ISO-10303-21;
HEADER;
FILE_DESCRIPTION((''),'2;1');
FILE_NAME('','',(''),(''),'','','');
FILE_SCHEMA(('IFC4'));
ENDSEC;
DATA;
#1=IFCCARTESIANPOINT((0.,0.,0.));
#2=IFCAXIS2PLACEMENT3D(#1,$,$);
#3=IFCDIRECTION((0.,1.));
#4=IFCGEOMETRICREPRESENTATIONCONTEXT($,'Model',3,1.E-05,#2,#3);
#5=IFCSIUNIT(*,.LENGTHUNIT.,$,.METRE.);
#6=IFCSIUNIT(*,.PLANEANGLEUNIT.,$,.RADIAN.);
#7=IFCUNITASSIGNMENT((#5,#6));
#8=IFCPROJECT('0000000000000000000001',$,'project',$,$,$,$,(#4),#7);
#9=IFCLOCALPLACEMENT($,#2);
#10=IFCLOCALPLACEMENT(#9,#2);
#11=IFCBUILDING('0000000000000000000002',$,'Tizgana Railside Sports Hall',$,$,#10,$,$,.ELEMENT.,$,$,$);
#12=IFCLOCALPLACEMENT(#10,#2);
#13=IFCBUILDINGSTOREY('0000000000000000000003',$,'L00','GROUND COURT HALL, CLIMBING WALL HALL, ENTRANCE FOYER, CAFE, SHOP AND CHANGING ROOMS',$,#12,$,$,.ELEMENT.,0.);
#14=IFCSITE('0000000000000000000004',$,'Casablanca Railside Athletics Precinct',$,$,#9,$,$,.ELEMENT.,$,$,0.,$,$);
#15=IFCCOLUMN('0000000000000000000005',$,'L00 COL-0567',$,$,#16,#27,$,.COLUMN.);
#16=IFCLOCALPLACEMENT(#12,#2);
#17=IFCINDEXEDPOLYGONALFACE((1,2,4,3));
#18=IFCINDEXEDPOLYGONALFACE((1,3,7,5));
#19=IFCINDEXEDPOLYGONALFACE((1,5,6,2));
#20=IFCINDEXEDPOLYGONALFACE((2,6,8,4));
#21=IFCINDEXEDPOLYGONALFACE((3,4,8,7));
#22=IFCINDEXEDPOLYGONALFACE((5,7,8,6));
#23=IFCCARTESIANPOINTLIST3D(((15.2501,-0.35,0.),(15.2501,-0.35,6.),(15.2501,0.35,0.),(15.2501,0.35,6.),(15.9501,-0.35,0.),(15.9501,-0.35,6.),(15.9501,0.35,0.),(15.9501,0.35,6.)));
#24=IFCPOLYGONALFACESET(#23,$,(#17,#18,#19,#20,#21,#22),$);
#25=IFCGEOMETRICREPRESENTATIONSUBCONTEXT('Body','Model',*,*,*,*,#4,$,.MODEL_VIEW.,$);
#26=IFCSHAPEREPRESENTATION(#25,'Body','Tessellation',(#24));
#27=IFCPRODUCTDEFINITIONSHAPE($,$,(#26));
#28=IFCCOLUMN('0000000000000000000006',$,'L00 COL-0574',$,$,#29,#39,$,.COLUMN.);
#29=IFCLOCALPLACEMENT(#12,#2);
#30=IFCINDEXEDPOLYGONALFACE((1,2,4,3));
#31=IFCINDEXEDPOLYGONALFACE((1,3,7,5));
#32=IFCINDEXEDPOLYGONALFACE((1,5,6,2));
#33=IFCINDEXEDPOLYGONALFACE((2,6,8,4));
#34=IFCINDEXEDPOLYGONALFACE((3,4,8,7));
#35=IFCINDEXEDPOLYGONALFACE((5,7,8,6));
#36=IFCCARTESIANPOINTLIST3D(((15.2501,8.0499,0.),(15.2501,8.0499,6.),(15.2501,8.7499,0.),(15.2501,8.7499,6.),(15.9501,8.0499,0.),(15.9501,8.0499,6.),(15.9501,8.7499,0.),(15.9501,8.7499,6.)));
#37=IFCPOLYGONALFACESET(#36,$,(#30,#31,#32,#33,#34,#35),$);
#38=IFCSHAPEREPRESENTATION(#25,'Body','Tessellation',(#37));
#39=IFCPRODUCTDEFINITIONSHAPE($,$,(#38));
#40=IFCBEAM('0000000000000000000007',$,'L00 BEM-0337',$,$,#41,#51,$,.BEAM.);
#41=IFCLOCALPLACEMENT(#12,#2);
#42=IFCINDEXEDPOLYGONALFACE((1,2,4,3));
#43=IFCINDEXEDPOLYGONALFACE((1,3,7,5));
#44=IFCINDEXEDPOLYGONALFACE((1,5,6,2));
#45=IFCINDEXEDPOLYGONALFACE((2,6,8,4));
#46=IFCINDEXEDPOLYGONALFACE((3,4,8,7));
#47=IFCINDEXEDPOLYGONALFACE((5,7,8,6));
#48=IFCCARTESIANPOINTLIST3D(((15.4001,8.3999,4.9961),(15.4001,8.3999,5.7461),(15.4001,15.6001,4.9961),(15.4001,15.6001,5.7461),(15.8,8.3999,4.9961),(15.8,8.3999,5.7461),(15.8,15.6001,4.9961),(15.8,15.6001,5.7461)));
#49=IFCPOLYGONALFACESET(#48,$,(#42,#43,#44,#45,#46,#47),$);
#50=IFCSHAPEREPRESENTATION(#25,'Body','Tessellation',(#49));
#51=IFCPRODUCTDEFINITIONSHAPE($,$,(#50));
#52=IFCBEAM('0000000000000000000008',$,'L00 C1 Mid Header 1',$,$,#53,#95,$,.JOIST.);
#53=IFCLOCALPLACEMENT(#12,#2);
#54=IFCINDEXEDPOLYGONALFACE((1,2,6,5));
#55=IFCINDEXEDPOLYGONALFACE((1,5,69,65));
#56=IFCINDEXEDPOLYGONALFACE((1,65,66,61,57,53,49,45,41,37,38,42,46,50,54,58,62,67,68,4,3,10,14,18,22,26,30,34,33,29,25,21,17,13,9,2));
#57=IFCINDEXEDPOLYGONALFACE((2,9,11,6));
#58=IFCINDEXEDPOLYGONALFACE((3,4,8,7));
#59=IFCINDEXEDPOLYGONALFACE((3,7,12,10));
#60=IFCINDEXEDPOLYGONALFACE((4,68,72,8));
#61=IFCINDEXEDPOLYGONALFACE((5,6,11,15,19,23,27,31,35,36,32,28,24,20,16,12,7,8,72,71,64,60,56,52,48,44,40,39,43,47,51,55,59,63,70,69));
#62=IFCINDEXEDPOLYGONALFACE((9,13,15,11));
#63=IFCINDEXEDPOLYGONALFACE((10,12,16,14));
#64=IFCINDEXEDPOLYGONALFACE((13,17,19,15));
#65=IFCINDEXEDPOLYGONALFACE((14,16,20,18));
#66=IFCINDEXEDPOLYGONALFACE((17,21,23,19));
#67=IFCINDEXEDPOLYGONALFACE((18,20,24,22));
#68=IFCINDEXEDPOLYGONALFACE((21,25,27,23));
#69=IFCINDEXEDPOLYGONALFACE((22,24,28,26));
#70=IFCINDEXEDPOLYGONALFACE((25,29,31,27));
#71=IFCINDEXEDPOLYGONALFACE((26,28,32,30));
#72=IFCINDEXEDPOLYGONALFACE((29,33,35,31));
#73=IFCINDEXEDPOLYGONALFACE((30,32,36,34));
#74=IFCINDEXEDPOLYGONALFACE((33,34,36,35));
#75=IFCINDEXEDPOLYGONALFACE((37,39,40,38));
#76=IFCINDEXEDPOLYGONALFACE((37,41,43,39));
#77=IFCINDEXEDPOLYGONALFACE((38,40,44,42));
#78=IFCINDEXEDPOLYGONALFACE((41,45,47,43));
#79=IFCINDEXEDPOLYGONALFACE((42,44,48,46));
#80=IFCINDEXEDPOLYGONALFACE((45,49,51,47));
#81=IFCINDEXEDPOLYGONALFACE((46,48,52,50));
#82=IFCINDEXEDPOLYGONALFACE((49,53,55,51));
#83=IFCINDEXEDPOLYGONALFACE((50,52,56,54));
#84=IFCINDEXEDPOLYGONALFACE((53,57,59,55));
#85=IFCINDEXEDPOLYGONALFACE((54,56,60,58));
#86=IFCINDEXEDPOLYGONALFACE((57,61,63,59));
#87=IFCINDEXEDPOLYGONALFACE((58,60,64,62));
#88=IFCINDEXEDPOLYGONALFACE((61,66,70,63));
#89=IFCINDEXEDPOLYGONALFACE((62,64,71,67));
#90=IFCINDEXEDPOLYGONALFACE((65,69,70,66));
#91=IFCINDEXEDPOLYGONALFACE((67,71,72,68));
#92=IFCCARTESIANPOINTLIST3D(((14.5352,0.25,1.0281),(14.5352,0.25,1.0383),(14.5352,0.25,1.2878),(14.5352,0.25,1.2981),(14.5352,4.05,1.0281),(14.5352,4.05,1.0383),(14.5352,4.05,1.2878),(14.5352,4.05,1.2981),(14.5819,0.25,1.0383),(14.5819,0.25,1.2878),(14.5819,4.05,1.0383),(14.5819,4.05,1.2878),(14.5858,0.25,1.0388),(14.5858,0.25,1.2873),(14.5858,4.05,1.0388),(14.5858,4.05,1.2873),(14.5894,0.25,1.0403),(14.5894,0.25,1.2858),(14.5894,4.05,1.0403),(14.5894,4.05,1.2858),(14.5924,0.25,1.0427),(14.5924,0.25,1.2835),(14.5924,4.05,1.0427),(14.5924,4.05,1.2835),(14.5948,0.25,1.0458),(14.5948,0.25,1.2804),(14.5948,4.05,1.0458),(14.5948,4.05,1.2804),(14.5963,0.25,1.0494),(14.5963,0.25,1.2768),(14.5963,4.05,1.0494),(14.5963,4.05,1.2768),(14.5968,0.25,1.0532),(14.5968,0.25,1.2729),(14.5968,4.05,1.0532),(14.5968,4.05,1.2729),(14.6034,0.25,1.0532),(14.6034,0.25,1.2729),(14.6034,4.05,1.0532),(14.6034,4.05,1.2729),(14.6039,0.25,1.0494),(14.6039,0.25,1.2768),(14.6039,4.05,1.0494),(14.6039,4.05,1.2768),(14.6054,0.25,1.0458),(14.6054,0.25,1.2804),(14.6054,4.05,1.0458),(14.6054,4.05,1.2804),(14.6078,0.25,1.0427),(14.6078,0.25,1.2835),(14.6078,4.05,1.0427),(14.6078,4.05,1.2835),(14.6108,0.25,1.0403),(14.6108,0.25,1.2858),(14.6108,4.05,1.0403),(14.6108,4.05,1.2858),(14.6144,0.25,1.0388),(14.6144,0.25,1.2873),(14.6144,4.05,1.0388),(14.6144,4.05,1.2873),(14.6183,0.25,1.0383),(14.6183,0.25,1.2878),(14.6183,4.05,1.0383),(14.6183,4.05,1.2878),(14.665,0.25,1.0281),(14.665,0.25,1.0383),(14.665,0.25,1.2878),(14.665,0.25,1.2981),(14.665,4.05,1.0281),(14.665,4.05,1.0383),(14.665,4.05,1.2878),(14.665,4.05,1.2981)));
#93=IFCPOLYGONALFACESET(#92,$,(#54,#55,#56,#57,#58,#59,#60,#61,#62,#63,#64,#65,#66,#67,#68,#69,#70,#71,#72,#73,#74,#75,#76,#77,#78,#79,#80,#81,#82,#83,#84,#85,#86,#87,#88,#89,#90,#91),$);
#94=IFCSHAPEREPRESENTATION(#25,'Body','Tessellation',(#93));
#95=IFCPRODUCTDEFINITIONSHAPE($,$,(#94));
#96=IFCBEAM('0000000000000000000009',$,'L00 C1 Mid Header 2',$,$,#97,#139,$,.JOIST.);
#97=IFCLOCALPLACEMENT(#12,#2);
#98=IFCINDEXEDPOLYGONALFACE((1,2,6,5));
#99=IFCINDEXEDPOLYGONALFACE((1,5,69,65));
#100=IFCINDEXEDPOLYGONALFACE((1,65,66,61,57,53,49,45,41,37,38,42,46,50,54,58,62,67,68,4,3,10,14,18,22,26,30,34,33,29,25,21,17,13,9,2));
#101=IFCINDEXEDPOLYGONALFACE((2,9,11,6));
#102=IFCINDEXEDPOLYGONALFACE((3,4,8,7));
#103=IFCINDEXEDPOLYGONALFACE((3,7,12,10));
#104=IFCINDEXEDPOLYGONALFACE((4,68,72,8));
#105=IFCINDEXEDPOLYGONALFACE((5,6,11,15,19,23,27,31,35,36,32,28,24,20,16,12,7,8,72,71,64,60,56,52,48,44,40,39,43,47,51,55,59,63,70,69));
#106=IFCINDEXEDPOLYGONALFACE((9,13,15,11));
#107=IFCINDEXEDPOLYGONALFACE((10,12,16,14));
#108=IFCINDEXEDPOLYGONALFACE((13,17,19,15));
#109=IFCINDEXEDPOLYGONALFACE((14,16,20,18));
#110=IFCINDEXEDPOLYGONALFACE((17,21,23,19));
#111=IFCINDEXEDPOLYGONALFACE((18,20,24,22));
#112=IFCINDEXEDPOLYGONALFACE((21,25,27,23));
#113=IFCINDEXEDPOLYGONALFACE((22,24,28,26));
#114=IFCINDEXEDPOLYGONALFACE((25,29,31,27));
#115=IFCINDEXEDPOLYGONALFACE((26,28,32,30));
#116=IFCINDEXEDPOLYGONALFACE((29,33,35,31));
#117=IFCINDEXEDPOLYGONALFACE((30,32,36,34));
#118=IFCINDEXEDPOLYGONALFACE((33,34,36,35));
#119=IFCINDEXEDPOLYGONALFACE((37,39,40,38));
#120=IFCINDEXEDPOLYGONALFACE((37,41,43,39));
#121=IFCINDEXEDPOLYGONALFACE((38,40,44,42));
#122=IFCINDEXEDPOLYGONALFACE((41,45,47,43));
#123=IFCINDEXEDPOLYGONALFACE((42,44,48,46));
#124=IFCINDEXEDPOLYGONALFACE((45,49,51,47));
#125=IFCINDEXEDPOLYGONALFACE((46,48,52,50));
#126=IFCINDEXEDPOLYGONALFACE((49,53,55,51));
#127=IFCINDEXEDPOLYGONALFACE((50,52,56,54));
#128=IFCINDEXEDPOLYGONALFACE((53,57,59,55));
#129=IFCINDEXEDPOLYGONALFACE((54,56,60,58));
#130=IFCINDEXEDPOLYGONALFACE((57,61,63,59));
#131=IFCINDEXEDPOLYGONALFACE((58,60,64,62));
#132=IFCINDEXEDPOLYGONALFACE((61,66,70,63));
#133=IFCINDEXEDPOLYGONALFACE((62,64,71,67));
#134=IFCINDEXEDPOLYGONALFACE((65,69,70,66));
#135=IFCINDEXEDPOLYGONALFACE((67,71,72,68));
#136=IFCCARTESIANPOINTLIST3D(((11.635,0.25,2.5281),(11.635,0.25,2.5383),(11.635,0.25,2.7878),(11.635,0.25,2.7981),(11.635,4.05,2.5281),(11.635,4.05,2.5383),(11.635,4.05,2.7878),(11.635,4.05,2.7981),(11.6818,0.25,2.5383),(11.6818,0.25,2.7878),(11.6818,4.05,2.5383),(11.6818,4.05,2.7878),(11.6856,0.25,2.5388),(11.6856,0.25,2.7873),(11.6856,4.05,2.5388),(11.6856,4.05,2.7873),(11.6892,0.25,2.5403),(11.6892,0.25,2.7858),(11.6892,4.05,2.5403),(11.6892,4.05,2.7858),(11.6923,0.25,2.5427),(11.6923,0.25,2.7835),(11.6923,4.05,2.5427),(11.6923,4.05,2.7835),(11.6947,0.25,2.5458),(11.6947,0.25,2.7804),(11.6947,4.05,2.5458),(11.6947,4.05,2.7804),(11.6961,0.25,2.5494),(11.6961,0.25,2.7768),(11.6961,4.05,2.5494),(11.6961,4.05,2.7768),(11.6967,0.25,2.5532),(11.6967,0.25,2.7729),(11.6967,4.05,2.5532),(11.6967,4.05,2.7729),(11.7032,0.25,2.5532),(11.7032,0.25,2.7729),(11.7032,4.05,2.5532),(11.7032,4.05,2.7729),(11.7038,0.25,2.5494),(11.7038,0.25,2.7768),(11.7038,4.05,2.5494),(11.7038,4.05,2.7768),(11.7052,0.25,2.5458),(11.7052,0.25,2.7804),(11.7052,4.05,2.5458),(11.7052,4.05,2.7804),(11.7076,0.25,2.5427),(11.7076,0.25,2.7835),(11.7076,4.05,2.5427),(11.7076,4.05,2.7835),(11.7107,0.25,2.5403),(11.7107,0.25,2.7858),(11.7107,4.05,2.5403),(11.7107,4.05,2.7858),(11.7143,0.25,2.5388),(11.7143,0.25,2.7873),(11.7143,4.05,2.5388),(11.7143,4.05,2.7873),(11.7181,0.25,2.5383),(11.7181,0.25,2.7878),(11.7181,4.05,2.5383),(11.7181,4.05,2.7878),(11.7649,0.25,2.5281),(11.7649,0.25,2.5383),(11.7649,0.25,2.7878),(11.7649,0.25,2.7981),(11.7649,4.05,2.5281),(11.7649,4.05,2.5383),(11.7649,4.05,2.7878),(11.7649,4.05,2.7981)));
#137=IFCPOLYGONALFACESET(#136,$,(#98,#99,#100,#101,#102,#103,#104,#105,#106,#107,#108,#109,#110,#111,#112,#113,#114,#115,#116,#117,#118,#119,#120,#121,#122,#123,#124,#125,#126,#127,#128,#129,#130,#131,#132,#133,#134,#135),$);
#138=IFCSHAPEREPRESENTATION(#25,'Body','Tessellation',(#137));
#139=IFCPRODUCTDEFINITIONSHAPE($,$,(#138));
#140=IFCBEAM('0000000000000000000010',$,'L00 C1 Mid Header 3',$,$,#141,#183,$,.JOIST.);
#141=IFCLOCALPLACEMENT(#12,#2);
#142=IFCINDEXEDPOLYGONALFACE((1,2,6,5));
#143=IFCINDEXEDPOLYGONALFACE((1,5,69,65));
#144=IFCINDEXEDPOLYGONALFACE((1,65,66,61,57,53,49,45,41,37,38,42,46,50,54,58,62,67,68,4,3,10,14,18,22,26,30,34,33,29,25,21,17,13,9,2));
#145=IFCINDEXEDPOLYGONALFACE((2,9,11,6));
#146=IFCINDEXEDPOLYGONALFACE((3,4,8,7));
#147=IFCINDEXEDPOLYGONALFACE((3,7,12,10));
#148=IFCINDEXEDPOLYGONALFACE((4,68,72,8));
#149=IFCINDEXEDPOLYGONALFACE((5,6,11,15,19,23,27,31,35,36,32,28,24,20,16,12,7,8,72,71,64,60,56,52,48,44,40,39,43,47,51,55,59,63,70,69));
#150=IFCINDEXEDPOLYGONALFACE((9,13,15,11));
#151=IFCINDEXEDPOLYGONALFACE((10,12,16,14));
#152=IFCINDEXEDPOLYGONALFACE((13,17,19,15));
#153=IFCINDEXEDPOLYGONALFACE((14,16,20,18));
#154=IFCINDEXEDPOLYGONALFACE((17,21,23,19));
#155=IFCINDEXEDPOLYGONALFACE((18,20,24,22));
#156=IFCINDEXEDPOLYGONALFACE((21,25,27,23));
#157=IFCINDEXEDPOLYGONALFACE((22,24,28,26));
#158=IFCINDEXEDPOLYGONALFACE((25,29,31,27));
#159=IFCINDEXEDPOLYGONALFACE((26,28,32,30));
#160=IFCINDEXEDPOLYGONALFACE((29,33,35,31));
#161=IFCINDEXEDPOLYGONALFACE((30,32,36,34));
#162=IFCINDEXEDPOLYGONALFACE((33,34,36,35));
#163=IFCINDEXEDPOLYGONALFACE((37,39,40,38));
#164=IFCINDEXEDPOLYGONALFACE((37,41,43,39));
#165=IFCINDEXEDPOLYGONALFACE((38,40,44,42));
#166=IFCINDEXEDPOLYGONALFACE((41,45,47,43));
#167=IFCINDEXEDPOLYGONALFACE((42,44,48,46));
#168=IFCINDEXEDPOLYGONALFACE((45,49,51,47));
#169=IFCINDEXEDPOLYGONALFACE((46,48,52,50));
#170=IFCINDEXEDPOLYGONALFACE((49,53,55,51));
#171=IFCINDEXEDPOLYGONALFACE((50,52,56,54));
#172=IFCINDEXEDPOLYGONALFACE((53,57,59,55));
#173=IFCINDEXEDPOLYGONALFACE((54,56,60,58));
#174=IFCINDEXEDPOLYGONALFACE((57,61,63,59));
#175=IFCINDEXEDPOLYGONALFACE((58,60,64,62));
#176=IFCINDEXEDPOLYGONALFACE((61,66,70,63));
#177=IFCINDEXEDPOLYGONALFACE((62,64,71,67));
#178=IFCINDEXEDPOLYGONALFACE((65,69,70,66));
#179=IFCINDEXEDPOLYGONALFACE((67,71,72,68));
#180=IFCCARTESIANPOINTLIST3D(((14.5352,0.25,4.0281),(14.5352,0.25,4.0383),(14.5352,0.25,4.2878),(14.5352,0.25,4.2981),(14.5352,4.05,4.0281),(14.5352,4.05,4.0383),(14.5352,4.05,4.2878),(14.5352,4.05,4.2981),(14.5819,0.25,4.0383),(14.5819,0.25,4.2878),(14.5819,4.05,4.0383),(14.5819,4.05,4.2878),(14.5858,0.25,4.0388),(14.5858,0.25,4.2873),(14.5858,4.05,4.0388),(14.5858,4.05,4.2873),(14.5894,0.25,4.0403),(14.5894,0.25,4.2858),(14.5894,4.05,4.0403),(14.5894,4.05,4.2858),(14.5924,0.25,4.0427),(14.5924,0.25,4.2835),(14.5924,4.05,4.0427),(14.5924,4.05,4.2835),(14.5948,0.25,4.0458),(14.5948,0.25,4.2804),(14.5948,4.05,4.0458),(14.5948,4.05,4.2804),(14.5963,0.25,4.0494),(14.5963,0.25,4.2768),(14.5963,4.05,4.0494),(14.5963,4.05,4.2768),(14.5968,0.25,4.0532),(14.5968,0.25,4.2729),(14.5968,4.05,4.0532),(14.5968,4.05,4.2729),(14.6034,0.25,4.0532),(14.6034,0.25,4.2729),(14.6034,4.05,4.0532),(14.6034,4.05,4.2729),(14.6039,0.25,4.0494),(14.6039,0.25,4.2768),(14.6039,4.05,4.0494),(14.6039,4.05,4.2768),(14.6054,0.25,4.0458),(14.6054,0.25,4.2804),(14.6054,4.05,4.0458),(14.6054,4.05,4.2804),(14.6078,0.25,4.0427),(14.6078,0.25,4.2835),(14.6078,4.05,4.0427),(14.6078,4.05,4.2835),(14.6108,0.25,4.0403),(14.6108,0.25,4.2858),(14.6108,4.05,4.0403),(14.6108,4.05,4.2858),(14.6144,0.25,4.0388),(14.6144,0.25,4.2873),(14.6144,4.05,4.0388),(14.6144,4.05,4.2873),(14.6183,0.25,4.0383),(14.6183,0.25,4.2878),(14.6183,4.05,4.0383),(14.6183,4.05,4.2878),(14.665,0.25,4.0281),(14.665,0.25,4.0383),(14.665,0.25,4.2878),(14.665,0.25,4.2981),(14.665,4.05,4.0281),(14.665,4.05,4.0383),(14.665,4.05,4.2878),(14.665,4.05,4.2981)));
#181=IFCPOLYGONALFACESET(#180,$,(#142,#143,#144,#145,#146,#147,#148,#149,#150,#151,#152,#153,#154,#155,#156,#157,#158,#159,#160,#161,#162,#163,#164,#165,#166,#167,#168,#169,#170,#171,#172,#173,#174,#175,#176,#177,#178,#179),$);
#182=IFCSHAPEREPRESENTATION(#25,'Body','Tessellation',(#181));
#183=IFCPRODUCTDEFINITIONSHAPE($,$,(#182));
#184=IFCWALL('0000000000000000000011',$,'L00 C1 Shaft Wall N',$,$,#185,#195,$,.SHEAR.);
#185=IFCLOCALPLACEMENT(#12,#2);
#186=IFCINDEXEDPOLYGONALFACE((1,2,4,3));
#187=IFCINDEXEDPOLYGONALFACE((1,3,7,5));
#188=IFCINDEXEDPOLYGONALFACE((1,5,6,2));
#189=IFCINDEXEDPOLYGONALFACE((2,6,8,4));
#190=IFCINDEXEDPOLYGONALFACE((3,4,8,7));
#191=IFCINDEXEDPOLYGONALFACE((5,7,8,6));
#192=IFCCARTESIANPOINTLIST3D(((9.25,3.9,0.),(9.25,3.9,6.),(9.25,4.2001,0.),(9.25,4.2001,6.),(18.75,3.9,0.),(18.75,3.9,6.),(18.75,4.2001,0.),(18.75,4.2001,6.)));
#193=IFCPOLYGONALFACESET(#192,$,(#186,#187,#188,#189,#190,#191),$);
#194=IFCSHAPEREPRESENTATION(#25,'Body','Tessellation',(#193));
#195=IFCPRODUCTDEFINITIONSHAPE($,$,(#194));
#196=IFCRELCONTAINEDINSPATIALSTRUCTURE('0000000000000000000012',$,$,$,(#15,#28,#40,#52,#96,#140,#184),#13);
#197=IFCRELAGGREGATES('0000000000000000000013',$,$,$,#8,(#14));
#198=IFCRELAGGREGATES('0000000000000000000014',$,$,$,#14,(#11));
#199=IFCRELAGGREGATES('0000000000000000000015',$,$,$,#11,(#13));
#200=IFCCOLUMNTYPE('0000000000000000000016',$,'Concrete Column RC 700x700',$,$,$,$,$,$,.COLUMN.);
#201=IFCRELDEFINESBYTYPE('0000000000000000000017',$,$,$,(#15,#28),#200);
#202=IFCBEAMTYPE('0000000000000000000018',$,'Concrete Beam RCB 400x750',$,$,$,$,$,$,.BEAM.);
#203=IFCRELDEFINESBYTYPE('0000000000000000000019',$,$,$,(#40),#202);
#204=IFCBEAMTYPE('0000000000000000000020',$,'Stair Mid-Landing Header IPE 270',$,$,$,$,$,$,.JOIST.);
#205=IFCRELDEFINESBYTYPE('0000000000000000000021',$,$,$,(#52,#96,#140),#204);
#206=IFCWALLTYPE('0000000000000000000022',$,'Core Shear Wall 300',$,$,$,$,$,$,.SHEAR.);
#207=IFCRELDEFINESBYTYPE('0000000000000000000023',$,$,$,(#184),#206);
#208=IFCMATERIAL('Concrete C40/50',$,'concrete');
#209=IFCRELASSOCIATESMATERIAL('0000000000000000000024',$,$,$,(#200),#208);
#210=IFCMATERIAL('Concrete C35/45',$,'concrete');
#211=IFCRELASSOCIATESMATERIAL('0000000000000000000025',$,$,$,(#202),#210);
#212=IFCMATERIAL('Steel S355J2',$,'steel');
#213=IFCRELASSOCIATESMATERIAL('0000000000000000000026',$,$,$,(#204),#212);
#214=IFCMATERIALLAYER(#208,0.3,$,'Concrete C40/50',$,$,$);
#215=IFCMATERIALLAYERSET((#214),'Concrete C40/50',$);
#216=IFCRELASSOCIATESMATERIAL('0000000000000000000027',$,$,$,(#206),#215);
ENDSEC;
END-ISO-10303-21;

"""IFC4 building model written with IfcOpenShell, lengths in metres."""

from ifc_helpers import new_model, si_unit, direction, frame, frame_2d, origin, origin_2d, place, context, subcontext, project, spatial, rectangle, i_section, extrude, material, layer, layer_set, material_profile, profile_set, type_object, element, save


model = new_model("IFC4")

# Units and contexts
model_context = context("Model", 3, precision=1e-05, world=origin(), true_north=direction((0.0, 1.0)))
body_context = subcontext(model_context, "Body", "Model", "MODEL_VIEW")
ifc_project = project(units=[si_unit("LENGTHUNIT", "METRE"), si_unit("PLANEANGLEUNIT", "RADIAN")], contexts=[model_context])

# Site, building, storey
site_placement = place(None, origin())
site = spatial("IfcSite", under=ifc_project, at=site_placement, Name="Casablanca Railside Athletics Precinct", CompositionType="ELEMENT", RefElevation=0.0)
building_placement = place(site_placement, origin())
building = spatial("IfcBuilding", under=site, at=building_placement, Name="Tizgana Railside Sports Hall", CompositionType="ELEMENT")
storey_placement = place(building_placement, origin())
storey = spatial("IfcBuildingStorey", under=building, at=storey_placement, Name="L00", Description="GROUND COURT HALL, CLIMBING WALL HALL, ENTRANCE FOYER, CAFE, SHOP AND CHANGING ROOMS", CompositionType="ELEMENT", Elevation=0.0)

# Columns
ifc_material_1 = material(Name="Concrete C40/50", Category="concrete")
ifc_material_profile_1 = material_profile(ifc_material_1, rectangle(XDim=0.7, YDim=0.7, at=origin_2d()), Name="RC 700x700")
ifc_profile_set_1 = profile_set([ifc_material_profile_1], Name="Concrete C40/50")
column_type = type_object("IfcColumnType", Name="Concrete Column RC 700x700", PredefinedType="COLUMN", material=ifc_profile_set_1)
for number, where, z_axis, x_axis, name in (
    (1, (15.6001, 0.0, 0.0), (0.0, 0.0, 1.0), (1.0, 0.0, 0.0), "L00 COL-0567"),
    (2, (15.6001, 8.3999, 0.0), (0.0, 0.0, 1.0), (1.0, 0.0, 0.0), "L00 COL-0574"),
):
    element("IfcColumn", number, at=place(storey_placement, frame(where, z_axis=z_axis, x_axis=x_axis)), inside=storey, type_object=column_type, Name=name, PredefinedType="COLUMN", context=body_context, shape_type="SweptSolid", body=[
        extrude(rectangle(XDim=0.7, YDim=0.7, at=origin_2d()), origin(), (0.0, 0.0, 1.0), 6.0),
    ])

# Beams
ifc_material_2 = material(Name="Concrete C35/45", Category="concrete")
ifc_material_profile_2 = material_profile(ifc_material_2, rectangle(XDim=0.3999, YDim=0.75, at=origin_2d()), Name="RCB 400x750")
ifc_profile_set_2 = profile_set([ifc_material_profile_2], Name="Concrete C35/45")
beam_type_1 = type_object("IfcBeamType", Name="Concrete Beam RCB 400x750", PredefinedType="BEAM", material=ifc_profile_set_2)
beam_placement = place(storey_placement, frame((15.6001, 8.3999, 5.3711), z_axis=(0.0, 1.0, 0.0), x_axis=(-1.0, 0.0, 0.0)))
element("IfcBeam", 3, at=beam_placement, inside=storey, type_object=beam_type_1, Name="L00 BEM-0337", PredefinedType="BEAM", context=body_context, shape_type="SweptSolid", body=[
    extrude(rectangle(XDim=0.3999, YDim=0.75, at=origin_2d()), origin(), (0.0, 0.0, 1.0), 7.2002),
])
ifc_material_3 = material(Name="Steel S355J2", Category="steel")
ifc_material_profile_3 = material_profile(ifc_material_3, i_section(OverallWidth=0.1299, OverallDepth=0.27, WebThickness=0.0066, FlangeThickness=0.0103, FilletRadius=0.0149, at=origin_2d()), Name="IPE 270")
ifc_profile_set_3 = profile_set([ifc_material_profile_3], Name="Steel S355J2")
beam_type_2 = type_object("IfcBeamType", Name="Stair Mid-Landing Header IPE 270", PredefinedType="JOIST", material=ifc_profile_set_3)
for number, where, z_axis, x_axis, name in (
    (4, (14.6001, 0.25, 1.1631), (0.0, 1.0, 0.0), (-1.0, 0.0, 0.0), "L00 C1 Mid Header 1"),
    (5, (11.7, 0.25, 2.6631), (0.0, 1.0, 0.0), (-1.0, 0.0, 0.0), "L00 C1 Mid Header 2"),
    (6, (14.6001, 0.25, 4.1631), (0.0, 1.0, 0.0), (-1.0, 0.0, 0.0), "L00 C1 Mid Header 3"),
):
    element("IfcBeam", number, at=place(storey_placement, frame(where, z_axis=z_axis, x_axis=x_axis)), inside=storey, type_object=beam_type_2, Name=name, PredefinedType="JOIST", context=body_context, shape_type="SweptSolid", body=[
        extrude(i_section(OverallWidth=0.1299, OverallDepth=0.27, WebThickness=0.0066, FlangeThickness=0.0103, FilletRadius=0.0149, at=origin_2d()), origin(), (0.0, 0.0, 1.0), 3.8),
    ])

# Wall
ifc_layer_1 = layer(ifc_material_1, 0.3, Name="Concrete C40/50")
ifc_layer_set_1 = layer_set([ifc_layer_1], Name="Concrete C40/50")
wall_type_1 = type_object("IfcWallType", Name="Core Shear Wall 300", PredefinedType="SHEAR", material=ifc_layer_set_1)
wall_1_placement = place(storey_placement, frame((9.25, 4.05, 0.0), z_axis=(0.0, 0.0, 1.0), x_axis=(1.0, 0.0, 0.0)))
element("IfcWall", 7, at=wall_1_placement, inside=storey, type_object=wall_type_1, Name="L00 C1 Shaft Wall N", PredefinedType="SHEAR", context=body_context, shape_type="SweptSolid", body=[
    extrude(rectangle(XDim=9.5, YDim=0.3, at=frame_2d((4.75, 0.0))), origin(), (0.0, 0.0, 1.0), 6.0),
])

save(model, "model.ifc")
